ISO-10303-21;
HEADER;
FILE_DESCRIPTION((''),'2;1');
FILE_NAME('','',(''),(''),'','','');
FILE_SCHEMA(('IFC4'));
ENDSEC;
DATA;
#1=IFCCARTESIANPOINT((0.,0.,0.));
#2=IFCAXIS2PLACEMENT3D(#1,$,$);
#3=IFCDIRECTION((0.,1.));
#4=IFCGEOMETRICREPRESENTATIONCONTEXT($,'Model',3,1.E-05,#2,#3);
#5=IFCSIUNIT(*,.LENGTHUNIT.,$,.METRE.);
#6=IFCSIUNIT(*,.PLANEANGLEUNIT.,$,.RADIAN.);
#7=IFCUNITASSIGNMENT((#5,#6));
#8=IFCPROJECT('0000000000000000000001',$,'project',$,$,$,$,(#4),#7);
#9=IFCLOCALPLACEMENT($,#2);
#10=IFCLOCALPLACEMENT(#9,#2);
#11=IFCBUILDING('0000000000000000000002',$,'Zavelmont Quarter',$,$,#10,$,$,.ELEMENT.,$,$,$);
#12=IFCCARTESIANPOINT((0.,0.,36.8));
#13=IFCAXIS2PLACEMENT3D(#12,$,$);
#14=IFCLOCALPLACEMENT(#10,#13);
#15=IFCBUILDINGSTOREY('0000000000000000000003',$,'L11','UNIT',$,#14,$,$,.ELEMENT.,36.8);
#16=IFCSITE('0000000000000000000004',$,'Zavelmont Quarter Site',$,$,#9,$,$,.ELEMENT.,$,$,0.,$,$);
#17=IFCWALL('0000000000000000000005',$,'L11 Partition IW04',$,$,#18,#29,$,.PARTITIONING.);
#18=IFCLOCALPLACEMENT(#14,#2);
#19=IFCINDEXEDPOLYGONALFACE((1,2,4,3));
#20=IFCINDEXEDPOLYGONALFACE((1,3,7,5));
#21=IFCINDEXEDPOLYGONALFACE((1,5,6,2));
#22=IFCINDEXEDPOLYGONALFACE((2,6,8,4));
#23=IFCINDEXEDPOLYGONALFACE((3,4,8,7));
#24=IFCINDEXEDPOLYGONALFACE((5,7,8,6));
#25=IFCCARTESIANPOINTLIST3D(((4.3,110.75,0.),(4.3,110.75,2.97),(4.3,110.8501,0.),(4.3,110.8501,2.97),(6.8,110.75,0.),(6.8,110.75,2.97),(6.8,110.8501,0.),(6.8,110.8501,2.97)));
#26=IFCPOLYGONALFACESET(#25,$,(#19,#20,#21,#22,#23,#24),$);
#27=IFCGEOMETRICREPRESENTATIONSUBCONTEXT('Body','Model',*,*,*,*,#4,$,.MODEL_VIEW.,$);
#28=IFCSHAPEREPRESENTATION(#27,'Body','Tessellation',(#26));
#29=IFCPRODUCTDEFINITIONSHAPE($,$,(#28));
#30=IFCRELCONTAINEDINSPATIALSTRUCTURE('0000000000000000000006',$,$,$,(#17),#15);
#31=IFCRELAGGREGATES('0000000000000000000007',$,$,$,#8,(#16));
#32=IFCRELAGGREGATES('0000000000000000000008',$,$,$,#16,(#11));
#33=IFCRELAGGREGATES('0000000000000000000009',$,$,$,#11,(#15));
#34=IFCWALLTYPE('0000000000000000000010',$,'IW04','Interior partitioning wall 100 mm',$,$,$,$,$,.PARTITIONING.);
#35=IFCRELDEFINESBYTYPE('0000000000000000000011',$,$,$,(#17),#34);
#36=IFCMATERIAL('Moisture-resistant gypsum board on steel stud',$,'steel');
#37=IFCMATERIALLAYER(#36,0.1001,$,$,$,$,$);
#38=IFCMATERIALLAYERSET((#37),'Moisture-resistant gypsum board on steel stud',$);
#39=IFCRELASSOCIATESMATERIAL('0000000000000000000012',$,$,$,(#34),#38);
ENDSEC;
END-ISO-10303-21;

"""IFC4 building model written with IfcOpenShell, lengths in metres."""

from ifc_helpers import new_model, si_unit, direction, frame, frame_2d, origin, place, context, subcontext, project, spatial, rectangle, extrude, material, layer, layer_set, type_object, element, save


model = new_model("IFC4")

# Units and contexts
model_context = context("Model", 3, precision=1e-05, world=origin(), true_north=direction((0.0, 1.0)))
body_context = subcontext(model_context, "Body", "Model", "MODEL_VIEW")
ifc_project = project(units=[si_unit("LENGTHUNIT", "METRE"), si_unit("PLANEANGLEUNIT", "RADIAN")], contexts=[model_context])

# Site, building, storey
site_placement = place(None, origin())
site = spatial("IfcSite", under=ifc_project, at=site_placement, Name="Zavelmont Quarter Site", CompositionType="ELEMENT", RefElevation=0.0)
building_placement = place(site_placement, origin())
building = spatial("IfcBuilding", under=site, at=building_placement, Name="Zavelmont Quarter", CompositionType="ELEMENT")
storey_placement = place(building_placement, frame((0.0, 0.0, 36.8)))
storey = spatial("IfcBuildingStorey", under=building, at=storey_placement, Name="L11", Description="UNIT", CompositionType="ELEMENT", Elevation=36.8)

# Wall
ifc_material_1 = material(Name="Moisture-resistant gypsum board on steel stud", Category="steel")
ifc_layer_1 = layer(ifc_material_1, 0.1001)
ifc_layer_set_1 = layer_set([ifc_layer_1], Name="Moisture-resistant gypsum board on steel stud")
wall_type_1 = type_object("IfcWallType", Name="IW04", Description="Interior partitioning wall 100 mm", PredefinedType="PARTITIONING", material=ifc_layer_set_1)
wall_1_placement = place(storey_placement, frame((4.3, 110.8, 0.0), z_axis=(0.0, 0.0, 1.0), x_axis=(1.0, 0.0, 0.0)))
element("IfcWall", 1, at=wall_1_placement, inside=storey, type_object=wall_type_1, Name="L11 Partition IW04", PredefinedType="PARTITIONING", context=body_context, shape_type="SweptSolid", body=[
    extrude(rectangle(XDim=2.5, YDim=0.1001, at=frame_2d((1.25, 0.0))), origin(), (0.0, 0.0, 1.0), 2.97),
])

save(model, "model.ifc")
